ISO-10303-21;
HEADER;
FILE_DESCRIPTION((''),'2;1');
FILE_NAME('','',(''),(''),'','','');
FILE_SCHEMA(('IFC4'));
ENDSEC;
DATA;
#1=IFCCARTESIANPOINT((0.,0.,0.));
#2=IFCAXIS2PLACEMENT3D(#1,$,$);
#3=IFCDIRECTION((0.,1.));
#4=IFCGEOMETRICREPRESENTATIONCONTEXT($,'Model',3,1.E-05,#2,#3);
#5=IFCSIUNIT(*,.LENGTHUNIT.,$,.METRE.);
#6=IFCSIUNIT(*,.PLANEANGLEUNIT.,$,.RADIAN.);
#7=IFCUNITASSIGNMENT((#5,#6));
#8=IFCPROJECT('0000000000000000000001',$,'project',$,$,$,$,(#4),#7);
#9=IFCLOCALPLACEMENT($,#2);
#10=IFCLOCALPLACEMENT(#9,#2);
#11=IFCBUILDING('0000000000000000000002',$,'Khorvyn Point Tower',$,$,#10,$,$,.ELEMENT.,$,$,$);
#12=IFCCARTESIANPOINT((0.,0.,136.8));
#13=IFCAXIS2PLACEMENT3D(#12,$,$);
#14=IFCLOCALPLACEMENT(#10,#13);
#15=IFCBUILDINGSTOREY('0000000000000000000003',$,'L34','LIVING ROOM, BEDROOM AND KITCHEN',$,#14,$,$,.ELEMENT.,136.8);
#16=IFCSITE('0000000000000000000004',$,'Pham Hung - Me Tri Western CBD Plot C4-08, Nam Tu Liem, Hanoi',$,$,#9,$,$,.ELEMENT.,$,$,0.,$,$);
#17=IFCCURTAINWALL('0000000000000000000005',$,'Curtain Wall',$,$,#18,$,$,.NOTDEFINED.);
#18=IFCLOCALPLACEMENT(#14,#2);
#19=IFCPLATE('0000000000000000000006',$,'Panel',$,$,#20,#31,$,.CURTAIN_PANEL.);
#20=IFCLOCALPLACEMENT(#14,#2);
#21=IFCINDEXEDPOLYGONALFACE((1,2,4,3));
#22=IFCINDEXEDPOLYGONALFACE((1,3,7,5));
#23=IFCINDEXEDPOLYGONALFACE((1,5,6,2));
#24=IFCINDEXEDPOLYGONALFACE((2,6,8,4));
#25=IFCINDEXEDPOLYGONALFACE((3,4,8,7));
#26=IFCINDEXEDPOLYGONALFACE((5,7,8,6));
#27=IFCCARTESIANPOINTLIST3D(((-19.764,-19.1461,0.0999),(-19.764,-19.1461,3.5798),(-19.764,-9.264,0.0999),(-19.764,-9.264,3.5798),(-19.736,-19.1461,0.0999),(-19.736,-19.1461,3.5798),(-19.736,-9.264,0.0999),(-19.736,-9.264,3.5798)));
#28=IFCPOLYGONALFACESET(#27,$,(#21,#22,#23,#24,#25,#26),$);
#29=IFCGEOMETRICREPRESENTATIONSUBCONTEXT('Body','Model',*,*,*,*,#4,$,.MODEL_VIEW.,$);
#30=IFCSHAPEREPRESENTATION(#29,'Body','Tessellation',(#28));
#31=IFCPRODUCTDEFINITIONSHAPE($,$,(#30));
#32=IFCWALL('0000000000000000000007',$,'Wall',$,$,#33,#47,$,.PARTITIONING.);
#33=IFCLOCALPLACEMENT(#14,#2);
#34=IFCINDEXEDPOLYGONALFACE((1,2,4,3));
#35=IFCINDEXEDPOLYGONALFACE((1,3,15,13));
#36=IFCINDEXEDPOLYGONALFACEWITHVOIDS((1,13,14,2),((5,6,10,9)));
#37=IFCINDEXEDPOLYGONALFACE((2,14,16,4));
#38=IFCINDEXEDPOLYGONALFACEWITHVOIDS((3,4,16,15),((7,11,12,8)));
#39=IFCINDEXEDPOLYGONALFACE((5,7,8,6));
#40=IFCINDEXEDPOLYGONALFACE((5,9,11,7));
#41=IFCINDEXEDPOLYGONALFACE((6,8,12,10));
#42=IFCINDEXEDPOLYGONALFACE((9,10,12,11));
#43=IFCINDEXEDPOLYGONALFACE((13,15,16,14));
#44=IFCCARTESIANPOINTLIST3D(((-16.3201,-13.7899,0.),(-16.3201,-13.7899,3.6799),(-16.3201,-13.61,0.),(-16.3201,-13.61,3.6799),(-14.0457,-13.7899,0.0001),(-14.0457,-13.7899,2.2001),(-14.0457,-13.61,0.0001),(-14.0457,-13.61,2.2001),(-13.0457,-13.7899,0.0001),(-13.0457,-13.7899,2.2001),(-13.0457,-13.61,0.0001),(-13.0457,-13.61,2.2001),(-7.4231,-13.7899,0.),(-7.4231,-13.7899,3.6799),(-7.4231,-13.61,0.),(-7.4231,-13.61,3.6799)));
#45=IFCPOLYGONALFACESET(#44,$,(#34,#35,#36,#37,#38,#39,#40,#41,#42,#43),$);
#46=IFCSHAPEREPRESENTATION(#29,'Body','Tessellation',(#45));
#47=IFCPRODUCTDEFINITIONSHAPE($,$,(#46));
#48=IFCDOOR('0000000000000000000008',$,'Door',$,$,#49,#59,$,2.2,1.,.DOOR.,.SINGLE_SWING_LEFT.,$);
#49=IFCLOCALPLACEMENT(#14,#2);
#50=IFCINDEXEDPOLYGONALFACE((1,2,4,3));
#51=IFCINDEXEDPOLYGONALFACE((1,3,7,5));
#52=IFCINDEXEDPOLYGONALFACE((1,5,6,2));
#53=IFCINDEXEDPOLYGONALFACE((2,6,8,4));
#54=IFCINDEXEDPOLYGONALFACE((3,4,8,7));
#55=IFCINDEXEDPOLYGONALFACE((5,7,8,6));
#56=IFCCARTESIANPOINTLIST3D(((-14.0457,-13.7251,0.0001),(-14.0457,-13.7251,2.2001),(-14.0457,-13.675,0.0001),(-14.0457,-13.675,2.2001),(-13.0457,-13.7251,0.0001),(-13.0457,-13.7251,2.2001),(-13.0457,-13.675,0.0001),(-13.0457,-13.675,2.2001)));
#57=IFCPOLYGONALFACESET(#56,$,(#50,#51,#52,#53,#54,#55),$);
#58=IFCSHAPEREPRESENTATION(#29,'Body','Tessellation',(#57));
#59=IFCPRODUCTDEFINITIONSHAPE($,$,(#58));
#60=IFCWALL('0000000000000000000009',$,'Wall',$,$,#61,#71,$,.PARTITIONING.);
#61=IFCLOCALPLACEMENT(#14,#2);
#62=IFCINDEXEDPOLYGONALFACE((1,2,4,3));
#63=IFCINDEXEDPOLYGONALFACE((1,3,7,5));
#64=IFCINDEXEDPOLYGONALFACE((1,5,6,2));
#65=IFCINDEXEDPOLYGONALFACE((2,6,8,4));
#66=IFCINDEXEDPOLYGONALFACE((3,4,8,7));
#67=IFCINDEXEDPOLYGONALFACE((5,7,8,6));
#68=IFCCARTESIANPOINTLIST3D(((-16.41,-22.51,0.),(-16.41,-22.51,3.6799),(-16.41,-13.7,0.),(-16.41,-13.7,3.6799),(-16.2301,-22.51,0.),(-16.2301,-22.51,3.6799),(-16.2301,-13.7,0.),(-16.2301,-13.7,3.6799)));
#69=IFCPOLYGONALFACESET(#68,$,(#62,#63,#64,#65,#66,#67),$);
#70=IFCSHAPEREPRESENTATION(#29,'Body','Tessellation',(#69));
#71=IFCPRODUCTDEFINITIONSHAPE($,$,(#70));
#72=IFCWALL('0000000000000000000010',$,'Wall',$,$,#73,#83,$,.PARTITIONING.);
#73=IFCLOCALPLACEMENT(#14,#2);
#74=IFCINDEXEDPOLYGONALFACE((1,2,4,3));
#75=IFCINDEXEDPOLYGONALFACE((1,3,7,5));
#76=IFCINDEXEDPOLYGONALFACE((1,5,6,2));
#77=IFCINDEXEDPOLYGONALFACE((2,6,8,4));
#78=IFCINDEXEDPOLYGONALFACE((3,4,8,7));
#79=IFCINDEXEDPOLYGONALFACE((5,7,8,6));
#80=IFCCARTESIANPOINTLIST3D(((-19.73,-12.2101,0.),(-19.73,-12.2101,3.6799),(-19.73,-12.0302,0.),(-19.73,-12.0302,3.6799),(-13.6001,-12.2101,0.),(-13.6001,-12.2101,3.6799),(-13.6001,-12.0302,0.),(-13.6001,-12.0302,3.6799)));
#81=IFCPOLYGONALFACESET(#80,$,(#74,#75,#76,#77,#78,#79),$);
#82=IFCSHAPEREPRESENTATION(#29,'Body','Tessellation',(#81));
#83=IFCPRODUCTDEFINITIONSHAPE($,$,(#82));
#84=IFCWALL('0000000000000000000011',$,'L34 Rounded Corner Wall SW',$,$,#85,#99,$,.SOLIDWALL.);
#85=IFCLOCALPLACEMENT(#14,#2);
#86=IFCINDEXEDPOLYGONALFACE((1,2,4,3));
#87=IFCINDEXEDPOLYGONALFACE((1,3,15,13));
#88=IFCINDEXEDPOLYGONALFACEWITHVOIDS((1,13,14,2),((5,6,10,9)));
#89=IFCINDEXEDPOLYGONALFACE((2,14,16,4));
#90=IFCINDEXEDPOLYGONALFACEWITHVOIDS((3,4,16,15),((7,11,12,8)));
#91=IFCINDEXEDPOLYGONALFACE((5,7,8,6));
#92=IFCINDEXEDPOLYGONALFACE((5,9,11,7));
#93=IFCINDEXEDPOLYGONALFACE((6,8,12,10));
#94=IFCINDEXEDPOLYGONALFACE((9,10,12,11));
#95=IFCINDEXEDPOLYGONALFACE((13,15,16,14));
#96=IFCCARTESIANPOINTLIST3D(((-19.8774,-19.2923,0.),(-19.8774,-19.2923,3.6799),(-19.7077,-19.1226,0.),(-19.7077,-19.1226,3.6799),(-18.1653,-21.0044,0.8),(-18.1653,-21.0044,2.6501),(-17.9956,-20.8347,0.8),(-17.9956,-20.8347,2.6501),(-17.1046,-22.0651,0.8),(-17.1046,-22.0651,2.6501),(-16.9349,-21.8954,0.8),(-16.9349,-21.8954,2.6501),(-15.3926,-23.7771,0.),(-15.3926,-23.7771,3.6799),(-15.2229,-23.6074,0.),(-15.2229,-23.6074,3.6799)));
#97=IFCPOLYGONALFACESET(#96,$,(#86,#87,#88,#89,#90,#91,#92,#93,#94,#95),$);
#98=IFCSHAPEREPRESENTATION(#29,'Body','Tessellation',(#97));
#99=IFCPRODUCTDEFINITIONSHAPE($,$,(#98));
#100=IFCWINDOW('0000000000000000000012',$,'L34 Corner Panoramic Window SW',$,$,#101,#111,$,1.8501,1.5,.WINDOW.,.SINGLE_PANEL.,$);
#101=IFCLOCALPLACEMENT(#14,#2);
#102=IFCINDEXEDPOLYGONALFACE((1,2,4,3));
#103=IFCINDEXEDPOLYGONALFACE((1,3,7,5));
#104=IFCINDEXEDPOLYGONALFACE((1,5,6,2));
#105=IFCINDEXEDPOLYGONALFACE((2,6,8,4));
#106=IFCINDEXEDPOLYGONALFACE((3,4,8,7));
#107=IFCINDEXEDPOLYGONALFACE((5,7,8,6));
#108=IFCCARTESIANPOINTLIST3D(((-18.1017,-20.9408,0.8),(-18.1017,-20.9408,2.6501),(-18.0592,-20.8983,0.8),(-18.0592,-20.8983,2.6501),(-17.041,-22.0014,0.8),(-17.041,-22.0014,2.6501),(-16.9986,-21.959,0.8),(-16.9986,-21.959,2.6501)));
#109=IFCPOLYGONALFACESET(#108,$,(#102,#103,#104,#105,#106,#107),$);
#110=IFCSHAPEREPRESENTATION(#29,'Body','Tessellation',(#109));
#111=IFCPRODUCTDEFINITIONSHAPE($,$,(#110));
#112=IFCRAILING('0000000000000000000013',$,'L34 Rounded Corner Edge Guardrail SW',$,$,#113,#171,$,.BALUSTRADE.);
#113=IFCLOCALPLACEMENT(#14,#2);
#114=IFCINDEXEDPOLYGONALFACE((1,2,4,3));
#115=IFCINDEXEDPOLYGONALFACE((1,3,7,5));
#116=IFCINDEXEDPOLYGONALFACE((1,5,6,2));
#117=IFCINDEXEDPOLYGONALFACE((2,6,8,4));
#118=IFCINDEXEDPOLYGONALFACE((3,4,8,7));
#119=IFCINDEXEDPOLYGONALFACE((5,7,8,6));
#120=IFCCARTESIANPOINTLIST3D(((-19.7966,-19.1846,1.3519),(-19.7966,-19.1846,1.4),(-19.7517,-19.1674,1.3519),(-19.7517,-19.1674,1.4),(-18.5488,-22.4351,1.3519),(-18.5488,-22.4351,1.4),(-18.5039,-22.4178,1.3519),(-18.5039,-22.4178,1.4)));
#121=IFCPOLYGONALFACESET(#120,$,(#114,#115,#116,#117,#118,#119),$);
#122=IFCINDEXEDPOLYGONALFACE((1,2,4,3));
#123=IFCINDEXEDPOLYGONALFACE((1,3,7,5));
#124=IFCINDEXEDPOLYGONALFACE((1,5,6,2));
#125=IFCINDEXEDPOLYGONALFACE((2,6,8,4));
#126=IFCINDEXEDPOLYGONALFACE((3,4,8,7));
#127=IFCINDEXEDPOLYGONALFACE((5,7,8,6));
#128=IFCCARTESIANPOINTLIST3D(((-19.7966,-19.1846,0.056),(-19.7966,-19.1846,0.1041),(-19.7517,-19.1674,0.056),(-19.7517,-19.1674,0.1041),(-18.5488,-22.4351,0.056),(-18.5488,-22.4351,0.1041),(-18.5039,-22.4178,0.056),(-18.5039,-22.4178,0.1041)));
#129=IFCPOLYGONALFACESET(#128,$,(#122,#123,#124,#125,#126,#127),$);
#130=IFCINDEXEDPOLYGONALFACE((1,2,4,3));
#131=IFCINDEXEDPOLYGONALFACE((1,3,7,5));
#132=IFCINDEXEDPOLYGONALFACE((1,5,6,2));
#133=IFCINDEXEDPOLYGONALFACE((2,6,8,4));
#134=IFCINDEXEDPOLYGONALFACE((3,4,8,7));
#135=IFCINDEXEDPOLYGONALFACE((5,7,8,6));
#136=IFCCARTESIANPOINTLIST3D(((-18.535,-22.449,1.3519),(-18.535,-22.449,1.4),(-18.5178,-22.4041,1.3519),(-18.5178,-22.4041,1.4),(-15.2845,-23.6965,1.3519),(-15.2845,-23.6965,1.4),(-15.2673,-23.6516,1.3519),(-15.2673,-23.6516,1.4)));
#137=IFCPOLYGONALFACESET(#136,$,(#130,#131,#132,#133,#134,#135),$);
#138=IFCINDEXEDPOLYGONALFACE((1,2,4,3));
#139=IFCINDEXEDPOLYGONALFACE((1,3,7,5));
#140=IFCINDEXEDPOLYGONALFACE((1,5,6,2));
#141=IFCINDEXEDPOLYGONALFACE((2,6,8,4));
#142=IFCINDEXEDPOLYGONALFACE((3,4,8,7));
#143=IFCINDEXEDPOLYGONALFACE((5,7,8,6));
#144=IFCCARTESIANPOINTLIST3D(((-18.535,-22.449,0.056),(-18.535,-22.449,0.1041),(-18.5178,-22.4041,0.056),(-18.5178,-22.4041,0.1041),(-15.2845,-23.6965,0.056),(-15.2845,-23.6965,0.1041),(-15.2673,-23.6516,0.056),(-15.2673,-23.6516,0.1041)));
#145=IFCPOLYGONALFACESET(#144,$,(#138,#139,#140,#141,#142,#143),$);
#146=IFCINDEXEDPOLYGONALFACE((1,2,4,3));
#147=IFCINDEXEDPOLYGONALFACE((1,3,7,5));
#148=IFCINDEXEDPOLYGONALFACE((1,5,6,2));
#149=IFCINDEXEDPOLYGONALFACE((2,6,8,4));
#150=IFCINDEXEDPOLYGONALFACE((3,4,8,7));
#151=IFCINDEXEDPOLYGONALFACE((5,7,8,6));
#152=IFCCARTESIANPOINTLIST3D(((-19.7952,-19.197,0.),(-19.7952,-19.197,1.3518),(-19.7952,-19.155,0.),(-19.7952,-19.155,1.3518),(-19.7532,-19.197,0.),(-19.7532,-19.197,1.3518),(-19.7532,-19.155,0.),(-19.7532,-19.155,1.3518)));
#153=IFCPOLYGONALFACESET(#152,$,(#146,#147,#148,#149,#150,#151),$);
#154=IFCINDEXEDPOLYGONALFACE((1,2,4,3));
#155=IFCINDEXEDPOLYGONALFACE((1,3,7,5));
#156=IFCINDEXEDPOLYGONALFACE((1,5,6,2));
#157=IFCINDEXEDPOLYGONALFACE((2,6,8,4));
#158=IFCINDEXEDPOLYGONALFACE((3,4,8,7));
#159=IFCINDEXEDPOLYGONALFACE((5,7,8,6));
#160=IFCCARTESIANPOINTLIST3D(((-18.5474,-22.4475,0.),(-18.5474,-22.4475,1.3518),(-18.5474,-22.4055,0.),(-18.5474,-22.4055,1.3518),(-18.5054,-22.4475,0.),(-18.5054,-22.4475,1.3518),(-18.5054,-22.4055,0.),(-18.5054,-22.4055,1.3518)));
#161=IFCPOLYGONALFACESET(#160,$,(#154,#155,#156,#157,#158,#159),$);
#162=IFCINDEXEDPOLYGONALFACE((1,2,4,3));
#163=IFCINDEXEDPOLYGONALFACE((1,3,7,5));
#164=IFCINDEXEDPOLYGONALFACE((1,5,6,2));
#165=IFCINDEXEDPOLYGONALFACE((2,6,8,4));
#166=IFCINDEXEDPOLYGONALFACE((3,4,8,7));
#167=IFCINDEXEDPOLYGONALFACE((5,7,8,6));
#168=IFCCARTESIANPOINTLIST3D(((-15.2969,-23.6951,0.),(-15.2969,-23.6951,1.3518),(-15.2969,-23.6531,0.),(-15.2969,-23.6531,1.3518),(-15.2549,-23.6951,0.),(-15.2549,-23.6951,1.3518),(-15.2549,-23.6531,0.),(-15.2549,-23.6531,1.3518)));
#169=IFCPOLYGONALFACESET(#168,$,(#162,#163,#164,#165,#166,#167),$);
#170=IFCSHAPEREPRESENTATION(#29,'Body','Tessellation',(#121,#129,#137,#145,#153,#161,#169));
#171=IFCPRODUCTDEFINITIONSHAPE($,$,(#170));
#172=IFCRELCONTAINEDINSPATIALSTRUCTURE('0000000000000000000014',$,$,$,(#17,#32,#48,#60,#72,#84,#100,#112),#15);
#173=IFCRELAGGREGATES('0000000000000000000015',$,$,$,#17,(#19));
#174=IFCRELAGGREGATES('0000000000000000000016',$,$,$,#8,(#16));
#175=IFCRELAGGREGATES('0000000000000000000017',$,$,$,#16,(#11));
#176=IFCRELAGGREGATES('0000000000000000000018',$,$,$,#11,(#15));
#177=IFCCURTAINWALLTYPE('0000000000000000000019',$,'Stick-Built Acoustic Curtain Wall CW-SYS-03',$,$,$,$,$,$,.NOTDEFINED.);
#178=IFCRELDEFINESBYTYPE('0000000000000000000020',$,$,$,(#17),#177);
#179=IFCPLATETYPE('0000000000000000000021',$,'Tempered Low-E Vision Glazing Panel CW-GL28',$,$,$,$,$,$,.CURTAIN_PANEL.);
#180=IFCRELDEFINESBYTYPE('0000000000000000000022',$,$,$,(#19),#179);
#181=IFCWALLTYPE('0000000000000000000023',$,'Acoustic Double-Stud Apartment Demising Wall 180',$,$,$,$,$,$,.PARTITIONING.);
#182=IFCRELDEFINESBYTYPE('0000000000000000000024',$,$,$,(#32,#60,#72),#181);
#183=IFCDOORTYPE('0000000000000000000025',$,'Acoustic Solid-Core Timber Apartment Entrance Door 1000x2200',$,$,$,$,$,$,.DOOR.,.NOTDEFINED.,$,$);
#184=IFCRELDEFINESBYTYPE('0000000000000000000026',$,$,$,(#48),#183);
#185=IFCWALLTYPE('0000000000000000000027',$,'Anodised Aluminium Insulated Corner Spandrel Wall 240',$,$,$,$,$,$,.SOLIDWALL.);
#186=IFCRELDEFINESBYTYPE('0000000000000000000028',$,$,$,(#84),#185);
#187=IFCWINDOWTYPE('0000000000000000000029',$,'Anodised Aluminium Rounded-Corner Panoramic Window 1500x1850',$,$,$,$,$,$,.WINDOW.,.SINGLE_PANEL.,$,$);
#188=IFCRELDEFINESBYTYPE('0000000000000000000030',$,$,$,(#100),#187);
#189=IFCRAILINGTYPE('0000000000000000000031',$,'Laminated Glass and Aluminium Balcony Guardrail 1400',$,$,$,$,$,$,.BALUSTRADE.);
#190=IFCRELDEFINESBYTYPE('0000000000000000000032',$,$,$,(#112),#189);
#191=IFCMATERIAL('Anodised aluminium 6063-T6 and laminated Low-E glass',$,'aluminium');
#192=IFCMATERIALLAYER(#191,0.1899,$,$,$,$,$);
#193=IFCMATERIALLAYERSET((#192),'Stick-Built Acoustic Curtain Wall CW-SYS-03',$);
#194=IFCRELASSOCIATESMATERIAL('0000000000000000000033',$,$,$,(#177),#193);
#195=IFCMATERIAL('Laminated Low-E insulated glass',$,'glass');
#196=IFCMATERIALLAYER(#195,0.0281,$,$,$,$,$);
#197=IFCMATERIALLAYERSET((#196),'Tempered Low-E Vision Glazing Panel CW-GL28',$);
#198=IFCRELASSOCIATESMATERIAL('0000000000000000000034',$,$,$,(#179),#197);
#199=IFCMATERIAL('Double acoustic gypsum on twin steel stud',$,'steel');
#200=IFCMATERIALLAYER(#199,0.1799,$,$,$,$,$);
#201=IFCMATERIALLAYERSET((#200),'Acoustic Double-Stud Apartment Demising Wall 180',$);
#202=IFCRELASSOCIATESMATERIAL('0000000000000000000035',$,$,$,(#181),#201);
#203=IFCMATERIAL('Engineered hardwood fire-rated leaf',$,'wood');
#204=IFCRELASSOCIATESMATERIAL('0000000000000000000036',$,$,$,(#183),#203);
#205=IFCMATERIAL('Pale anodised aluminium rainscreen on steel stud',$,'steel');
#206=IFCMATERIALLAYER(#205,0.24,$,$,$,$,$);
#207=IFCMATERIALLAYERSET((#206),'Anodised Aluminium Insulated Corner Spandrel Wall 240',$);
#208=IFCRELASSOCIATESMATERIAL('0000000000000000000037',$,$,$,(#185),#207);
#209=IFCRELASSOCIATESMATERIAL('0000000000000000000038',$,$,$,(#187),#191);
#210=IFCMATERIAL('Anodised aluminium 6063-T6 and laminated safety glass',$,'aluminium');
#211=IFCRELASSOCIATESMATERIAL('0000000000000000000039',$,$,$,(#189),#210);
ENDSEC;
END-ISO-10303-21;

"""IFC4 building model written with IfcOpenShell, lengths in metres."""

from ifc_helpers import new_model, si_unit, direction, frame, frame_2d, origin, origin_2d, place, context, subcontext, project, spatial, rectangle, extrude, material, layer, layer_set, type_object, element, fill, aggregate, save


model = new_model("IFC4")

# Units and contexts
model_context = context("Model", 3, precision=1e-05, world=origin(), true_north=direction((0.0, 1.0)))
body_context = subcontext(model_context, "Body", "Model", "MODEL_VIEW")
ifc_project = project(units=[si_unit("LENGTHUNIT", "METRE"), si_unit("PLANEANGLEUNIT", "RADIAN")], contexts=[model_context])

# Site, building, storey
site_placement = place(None, origin())
site = spatial("IfcSite", under=ifc_project, at=site_placement, Name="Pham Hung - Me Tri Western CBD Plot C4-08, Nam Tu Liem, Hanoi", CompositionType="ELEMENT", RefElevation=0.0)
building_placement = place(site_placement, origin())
building = spatial("IfcBuilding", under=site, at=building_placement, Name="Khorvyn Point Tower", CompositionType="ELEMENT")
storey_placement = place(building_placement, frame((0.0, 0.0, 136.8)))
storey = spatial("IfcBuildingStorey", under=building, at=storey_placement, Name="L34", Description="LIVING ROOM, BEDROOM AND KITCHEN", CompositionType="ELEMENT", Elevation=136.8)

# Curtain wall
ifc_material_1 = material(Name="Anodised aluminium 6063-T6 and laminated Low-E glass", Category="aluminium")
ifc_layer_1 = layer(ifc_material_1, 0.1899)
ifc_layer_set_1 = layer_set([ifc_layer_1], Name="Stick-Built Acoustic Curtain Wall CW-SYS-03")
curtain_wall_type = type_object("IfcCurtainWallType", Name="Stick-Built Acoustic Curtain Wall CW-SYS-03", PredefinedType="NOTDEFINED", material=ifc_layer_set_1)
curtain_wall_placement = place(storey_placement, origin())
curtain_wall = element("IfcCurtainWall", 1, at=curtain_wall_placement, inside=storey, type_object=curtain_wall_type, Name="Curtain Wall", PredefinedType="NOTDEFINED")

# Plate
ifc_material_2 = material(Name="Laminated Low-E insulated glass", Category="glass")
ifc_layer_2 = layer(ifc_material_2, 0.0281)
ifc_layer_set_2 = layer_set([ifc_layer_2], Name="Tempered Low-E Vision Glazing Panel CW-GL28")
plate_type_1 = type_object("IfcPlateType", Name="Tempered Low-E Vision Glazing Panel CW-GL28", PredefinedType="CURTAIN_PANEL", material=ifc_layer_set_2)
plate_1_placement = place(storey_placement, frame((-19.75, -14.2051, 0.0999), z_axis=(0.0, 0.0, 1.0), x_axis=(0.0, 1.0, 0.0)))
plate_1 = element("IfcPlate", 2, at=plate_1_placement, type_object=plate_type_1, Name="Panel", PredefinedType="CURTAIN_PANEL", context=body_context, shape_type="SweptSolid", body=[
    extrude(rectangle(XDim=9.8821, YDim=0.0281, at=origin_2d()), origin(), (0.0, 0.0, 1.0), 3.48),
])
aggregate(curtain_wall, [plate_1])

# Wall, opening, door
ifc_material_3 = material(Name="Double acoustic gypsum on twin steel stud", Category="steel")
ifc_layer_3 = layer(ifc_material_3, 0.1799)
ifc_layer_set_3 = layer_set([ifc_layer_3], Name="Acoustic Double-Stud Apartment Demising Wall 180")
wall_type_1 = type_object("IfcWallType", Name="Acoustic Double-Stud Apartment Demising Wall 180", PredefinedType="PARTITIONING", material=ifc_layer_set_3)
wall_1_placement = place(storey_placement, frame((-16.3201, -13.7, 0.0), z_axis=(0.0, 0.0, 1.0), x_axis=(1.0, 0.0, 0.0)))
wall_1 = element("IfcWall", 3, at=wall_1_placement, inside=storey, type_object=wall_type_1, Name="Wall", PredefinedType="PARTITIONING", context=body_context, shape_type="SweptSolid", body=[
    extrude(rectangle(XDim=8.897, YDim=0.1799, at=frame_2d((4.4485, 0.0))), origin(), (0.0, 0.0, 1.0), 3.6799),
])
opening_1_placement = place(wall_1_placement, frame((2.2744, 0.0, 0.0)))
opening_1 = element("IfcOpeningElement", 4, at=opening_1_placement, cuts=wall_1, PredefinedType="OPENING", context=body_context, shape_type="SweptSolid", body=[
    extrude(rectangle(XDim=1.0, YDim=2.2, at=frame_2d((0.5, 1.1001))), frame((0.0, 0.0999, 0.0), z_axis=(0.0, -1.0, 0.0), x_axis=(1.0, 0.0, 0.0)), (0.0, 0.0, 1.0), 0.2),
])
ifc_material_4 = material(Name="Engineered hardwood fire-rated leaf", Category="wood")
door_type = type_object("IfcDoorType", Name="Acoustic Solid-Core Timber Apartment Entrance Door 1000x2200", OperationType="NOTDEFINED", PredefinedType="DOOR", material=ifc_material_4)
door_placement = place(opening_1_placement, origin())
door = element("IfcDoor", 5, at=door_placement, inside=storey, type_object=door_type, Name="Door", OperationType="SINGLE_SWING_LEFT", OverallHeight=2.2, OverallWidth=1.0, PredefinedType="DOOR", context=body_context, shape_type="SweptSolid", body=[
    extrude(rectangle(XDim=1.0, YDim=2.2, at=frame_2d((0.5, 1.1001))), frame((0.0, 0.0249, 0.0), z_axis=(0.0, -1.0, 0.0), x_axis=(1.0, 0.0, 0.0)), (0.0, 0.0, 1.0), 0.05),
])
fill(opening_1, door)

# Walls
wall_2_placement = place(storey_placement, frame((-16.3201, -22.51, 0.0), z_axis=(0.0, 0.0, 1.0), x_axis=(0.0, 1.0, 0.0)))
element("IfcWall", 6, at=wall_2_placement, inside=storey, type_object=wall_type_1, Name="Wall", PredefinedType="PARTITIONING", context=body_context, shape_type="SweptSolid", body=[
    extrude(rectangle(XDim=8.8101, YDim=0.1799, at=frame_2d((4.405, 0.0))), origin(), (0.0, 0.0, 1.0), 3.6799),
])
wall_3_placement = place(storey_placement, frame((-19.73, -12.1201, 0.0), z_axis=(0.0, 0.0, 1.0), x_axis=(1.0, 0.0, 0.0)))
element("IfcWall", 7, at=wall_3_placement, inside=storey, type_object=wall_type_1, Name="Wall", PredefinedType="PARTITIONING", context=body_context, shape_type="SweptSolid", body=[
    extrude(rectangle(XDim=6.1299, YDim=0.1799, at=frame_2d((3.0649, 0.0))), origin(), (0.0, 0.0, 1.0), 3.6799),
])

# Wall, opening, window
ifc_material_5 = material(Name="Pale anodised aluminium rainscreen on steel stud", Category="steel")
ifc_layer_4 = layer(ifc_material_5, 0.24)
ifc_layer_set_4 = layer_set([ifc_layer_4], Name="Anodised Aluminium Insulated Corner Spandrel Wall 240")
wall_type_2 = type_object("IfcWallType", Name="Anodised Aluminium Insulated Corner Spandrel Wall 240", PredefinedType="SOLIDWALL", material=ifc_layer_set_4)
wall_4_placement = place(storey_placement, frame((-15.3076, -23.6924, 0.0), z_axis=(0.0, 0.0, 1.0), x_axis=(-0.707107, 0.707107, 0.0)))
wall_4 = element("IfcWall", 8, at=wall_4_placement, inside=storey, type_object=wall_type_2, Name="L34 Rounded Corner Wall SW", PredefinedType="SOLIDWALL", context=body_context, shape_type="SweptSolid", body=[
    extrude(rectangle(XDim=6.3425, YDim=0.24, at=frame_2d((3.1714, 0.0))), origin(), (0.0, 0.0, 1.0), 3.6799),
])
opening_2_placement = place(wall_4_placement, frame((2.4214, 0.0, 0.8)))
opening_2 = element("IfcOpeningElement", 9, at=opening_2_placement, cuts=wall_4, PredefinedType="OPENING", context=body_context, shape_type="SweptSolid", body=[
    extrude(rectangle(XDim=1.5, YDim=1.8501, at=frame_2d((0.75, 0.925))), frame((0.0, 0.1299, 0.0), z_axis=(0.0, -1.0, 0.0), x_axis=(1.0, 0.0, 0.0)), (0.0, 0.0, 1.0), 0.26),
])
window_type = type_object("IfcWindowType", Name="Anodised Aluminium Rounded-Corner Panoramic Window 1500x1850", PartitioningType="SINGLE_PANEL", PredefinedType="WINDOW", material=ifc_material_1)
window_placement = place(opening_2_placement, origin())
window = element("IfcWindow", 10, at=window_placement, inside=storey, type_object=window_type, Name="L34 Corner Panoramic Window SW", OverallHeight=1.8501, OverallWidth=1.5, PartitioningType="SINGLE_PANEL", PredefinedType="WINDOW", context=body_context, shape_type="SweptSolid", body=[
    extrude(rectangle(XDim=1.5, YDim=1.8501, at=frame_2d((0.75, 0.925))), frame((0.0, 0.03, 0.0), z_axis=(0.0, -1.0, 0.0), x_axis=(1.0, 0.0, 0.0)), (0.0, 0.0, 1.0), 0.0601),
])
fill(opening_2, window)

# Railing
ifc_material_6 = material(Name="Anodised aluminium 6063-T6 and laminated safety glass", Category="aluminium")
railing_type = type_object("IfcRailingType", Name="Laminated Glass and Aluminium Balcony Guardrail 1400", PredefinedType="BALUSTRADE", material=ifc_material_6)
railing_1_placement = place(storey_placement, frame((-19.7742, -19.176, 0.0)))
element("IfcRailing", 11, at=railing_1_placement, inside=storey, type_object=railing_type, Name="L34 Rounded Corner Edge Guardrail SW", PredefinedType="BALUSTRADE", context=body_context, shape_type="SweptSolid", body=[
    extrude(rectangle(XDim=0.0481, YDim=0.0481, at=origin_2d()), frame((0.0, 0.0, 1.376), z_axis=(0.358382, -0.933575, 0.0), x_axis=(0.933575, 0.358382, 0.0)), (0.0, 0.0, 1.0), 3.4817),
    extrude(rectangle(XDim=0.0481, YDim=0.0481, at=origin_2d()), frame((0.0, 0.0, 0.0801), z_axis=(0.358382, -0.933575, 0.0), x_axis=(0.933575, 0.358382, 0.0)), (0.0, 0.0, 1.0), 3.4817),
    extrude(rectangle(XDim=0.0481, YDim=0.0481, at=origin_2d()), frame((1.2478, -3.2505, 1.376), z_axis=(0.933598, -0.358321, 0.0), x_axis=(0.358321, 0.933598, 0.0)), (0.0, 0.0, 1.0), 3.4817),
    extrude(rectangle(XDim=0.0481, YDim=0.0481, at=origin_2d()), frame((1.2478, -3.2505, 0.0801), z_axis=(0.933598, -0.358321, 0.0), x_axis=(0.358321, 0.933598, 0.0)), (0.0, 0.0, 1.0), 3.4817),
    extrude(rectangle(XDim=0.042, YDim=0.042, at=origin_2d()), origin(), (0.0, 0.0, 1.0), 1.3518),
    extrude(rectangle(XDim=0.042, YDim=0.042, at=origin_2d()), frame((1.2478, -3.2505, 0.0)), (0.0, 0.0, 1.0), 1.3518),
    extrude(rectangle(XDim=0.042, YDim=0.042, at=origin_2d()), frame((4.4983, -4.498, 0.0)), (0.0, 0.0, 1.0), 1.3518),
])

save(model, "model.ifc")
